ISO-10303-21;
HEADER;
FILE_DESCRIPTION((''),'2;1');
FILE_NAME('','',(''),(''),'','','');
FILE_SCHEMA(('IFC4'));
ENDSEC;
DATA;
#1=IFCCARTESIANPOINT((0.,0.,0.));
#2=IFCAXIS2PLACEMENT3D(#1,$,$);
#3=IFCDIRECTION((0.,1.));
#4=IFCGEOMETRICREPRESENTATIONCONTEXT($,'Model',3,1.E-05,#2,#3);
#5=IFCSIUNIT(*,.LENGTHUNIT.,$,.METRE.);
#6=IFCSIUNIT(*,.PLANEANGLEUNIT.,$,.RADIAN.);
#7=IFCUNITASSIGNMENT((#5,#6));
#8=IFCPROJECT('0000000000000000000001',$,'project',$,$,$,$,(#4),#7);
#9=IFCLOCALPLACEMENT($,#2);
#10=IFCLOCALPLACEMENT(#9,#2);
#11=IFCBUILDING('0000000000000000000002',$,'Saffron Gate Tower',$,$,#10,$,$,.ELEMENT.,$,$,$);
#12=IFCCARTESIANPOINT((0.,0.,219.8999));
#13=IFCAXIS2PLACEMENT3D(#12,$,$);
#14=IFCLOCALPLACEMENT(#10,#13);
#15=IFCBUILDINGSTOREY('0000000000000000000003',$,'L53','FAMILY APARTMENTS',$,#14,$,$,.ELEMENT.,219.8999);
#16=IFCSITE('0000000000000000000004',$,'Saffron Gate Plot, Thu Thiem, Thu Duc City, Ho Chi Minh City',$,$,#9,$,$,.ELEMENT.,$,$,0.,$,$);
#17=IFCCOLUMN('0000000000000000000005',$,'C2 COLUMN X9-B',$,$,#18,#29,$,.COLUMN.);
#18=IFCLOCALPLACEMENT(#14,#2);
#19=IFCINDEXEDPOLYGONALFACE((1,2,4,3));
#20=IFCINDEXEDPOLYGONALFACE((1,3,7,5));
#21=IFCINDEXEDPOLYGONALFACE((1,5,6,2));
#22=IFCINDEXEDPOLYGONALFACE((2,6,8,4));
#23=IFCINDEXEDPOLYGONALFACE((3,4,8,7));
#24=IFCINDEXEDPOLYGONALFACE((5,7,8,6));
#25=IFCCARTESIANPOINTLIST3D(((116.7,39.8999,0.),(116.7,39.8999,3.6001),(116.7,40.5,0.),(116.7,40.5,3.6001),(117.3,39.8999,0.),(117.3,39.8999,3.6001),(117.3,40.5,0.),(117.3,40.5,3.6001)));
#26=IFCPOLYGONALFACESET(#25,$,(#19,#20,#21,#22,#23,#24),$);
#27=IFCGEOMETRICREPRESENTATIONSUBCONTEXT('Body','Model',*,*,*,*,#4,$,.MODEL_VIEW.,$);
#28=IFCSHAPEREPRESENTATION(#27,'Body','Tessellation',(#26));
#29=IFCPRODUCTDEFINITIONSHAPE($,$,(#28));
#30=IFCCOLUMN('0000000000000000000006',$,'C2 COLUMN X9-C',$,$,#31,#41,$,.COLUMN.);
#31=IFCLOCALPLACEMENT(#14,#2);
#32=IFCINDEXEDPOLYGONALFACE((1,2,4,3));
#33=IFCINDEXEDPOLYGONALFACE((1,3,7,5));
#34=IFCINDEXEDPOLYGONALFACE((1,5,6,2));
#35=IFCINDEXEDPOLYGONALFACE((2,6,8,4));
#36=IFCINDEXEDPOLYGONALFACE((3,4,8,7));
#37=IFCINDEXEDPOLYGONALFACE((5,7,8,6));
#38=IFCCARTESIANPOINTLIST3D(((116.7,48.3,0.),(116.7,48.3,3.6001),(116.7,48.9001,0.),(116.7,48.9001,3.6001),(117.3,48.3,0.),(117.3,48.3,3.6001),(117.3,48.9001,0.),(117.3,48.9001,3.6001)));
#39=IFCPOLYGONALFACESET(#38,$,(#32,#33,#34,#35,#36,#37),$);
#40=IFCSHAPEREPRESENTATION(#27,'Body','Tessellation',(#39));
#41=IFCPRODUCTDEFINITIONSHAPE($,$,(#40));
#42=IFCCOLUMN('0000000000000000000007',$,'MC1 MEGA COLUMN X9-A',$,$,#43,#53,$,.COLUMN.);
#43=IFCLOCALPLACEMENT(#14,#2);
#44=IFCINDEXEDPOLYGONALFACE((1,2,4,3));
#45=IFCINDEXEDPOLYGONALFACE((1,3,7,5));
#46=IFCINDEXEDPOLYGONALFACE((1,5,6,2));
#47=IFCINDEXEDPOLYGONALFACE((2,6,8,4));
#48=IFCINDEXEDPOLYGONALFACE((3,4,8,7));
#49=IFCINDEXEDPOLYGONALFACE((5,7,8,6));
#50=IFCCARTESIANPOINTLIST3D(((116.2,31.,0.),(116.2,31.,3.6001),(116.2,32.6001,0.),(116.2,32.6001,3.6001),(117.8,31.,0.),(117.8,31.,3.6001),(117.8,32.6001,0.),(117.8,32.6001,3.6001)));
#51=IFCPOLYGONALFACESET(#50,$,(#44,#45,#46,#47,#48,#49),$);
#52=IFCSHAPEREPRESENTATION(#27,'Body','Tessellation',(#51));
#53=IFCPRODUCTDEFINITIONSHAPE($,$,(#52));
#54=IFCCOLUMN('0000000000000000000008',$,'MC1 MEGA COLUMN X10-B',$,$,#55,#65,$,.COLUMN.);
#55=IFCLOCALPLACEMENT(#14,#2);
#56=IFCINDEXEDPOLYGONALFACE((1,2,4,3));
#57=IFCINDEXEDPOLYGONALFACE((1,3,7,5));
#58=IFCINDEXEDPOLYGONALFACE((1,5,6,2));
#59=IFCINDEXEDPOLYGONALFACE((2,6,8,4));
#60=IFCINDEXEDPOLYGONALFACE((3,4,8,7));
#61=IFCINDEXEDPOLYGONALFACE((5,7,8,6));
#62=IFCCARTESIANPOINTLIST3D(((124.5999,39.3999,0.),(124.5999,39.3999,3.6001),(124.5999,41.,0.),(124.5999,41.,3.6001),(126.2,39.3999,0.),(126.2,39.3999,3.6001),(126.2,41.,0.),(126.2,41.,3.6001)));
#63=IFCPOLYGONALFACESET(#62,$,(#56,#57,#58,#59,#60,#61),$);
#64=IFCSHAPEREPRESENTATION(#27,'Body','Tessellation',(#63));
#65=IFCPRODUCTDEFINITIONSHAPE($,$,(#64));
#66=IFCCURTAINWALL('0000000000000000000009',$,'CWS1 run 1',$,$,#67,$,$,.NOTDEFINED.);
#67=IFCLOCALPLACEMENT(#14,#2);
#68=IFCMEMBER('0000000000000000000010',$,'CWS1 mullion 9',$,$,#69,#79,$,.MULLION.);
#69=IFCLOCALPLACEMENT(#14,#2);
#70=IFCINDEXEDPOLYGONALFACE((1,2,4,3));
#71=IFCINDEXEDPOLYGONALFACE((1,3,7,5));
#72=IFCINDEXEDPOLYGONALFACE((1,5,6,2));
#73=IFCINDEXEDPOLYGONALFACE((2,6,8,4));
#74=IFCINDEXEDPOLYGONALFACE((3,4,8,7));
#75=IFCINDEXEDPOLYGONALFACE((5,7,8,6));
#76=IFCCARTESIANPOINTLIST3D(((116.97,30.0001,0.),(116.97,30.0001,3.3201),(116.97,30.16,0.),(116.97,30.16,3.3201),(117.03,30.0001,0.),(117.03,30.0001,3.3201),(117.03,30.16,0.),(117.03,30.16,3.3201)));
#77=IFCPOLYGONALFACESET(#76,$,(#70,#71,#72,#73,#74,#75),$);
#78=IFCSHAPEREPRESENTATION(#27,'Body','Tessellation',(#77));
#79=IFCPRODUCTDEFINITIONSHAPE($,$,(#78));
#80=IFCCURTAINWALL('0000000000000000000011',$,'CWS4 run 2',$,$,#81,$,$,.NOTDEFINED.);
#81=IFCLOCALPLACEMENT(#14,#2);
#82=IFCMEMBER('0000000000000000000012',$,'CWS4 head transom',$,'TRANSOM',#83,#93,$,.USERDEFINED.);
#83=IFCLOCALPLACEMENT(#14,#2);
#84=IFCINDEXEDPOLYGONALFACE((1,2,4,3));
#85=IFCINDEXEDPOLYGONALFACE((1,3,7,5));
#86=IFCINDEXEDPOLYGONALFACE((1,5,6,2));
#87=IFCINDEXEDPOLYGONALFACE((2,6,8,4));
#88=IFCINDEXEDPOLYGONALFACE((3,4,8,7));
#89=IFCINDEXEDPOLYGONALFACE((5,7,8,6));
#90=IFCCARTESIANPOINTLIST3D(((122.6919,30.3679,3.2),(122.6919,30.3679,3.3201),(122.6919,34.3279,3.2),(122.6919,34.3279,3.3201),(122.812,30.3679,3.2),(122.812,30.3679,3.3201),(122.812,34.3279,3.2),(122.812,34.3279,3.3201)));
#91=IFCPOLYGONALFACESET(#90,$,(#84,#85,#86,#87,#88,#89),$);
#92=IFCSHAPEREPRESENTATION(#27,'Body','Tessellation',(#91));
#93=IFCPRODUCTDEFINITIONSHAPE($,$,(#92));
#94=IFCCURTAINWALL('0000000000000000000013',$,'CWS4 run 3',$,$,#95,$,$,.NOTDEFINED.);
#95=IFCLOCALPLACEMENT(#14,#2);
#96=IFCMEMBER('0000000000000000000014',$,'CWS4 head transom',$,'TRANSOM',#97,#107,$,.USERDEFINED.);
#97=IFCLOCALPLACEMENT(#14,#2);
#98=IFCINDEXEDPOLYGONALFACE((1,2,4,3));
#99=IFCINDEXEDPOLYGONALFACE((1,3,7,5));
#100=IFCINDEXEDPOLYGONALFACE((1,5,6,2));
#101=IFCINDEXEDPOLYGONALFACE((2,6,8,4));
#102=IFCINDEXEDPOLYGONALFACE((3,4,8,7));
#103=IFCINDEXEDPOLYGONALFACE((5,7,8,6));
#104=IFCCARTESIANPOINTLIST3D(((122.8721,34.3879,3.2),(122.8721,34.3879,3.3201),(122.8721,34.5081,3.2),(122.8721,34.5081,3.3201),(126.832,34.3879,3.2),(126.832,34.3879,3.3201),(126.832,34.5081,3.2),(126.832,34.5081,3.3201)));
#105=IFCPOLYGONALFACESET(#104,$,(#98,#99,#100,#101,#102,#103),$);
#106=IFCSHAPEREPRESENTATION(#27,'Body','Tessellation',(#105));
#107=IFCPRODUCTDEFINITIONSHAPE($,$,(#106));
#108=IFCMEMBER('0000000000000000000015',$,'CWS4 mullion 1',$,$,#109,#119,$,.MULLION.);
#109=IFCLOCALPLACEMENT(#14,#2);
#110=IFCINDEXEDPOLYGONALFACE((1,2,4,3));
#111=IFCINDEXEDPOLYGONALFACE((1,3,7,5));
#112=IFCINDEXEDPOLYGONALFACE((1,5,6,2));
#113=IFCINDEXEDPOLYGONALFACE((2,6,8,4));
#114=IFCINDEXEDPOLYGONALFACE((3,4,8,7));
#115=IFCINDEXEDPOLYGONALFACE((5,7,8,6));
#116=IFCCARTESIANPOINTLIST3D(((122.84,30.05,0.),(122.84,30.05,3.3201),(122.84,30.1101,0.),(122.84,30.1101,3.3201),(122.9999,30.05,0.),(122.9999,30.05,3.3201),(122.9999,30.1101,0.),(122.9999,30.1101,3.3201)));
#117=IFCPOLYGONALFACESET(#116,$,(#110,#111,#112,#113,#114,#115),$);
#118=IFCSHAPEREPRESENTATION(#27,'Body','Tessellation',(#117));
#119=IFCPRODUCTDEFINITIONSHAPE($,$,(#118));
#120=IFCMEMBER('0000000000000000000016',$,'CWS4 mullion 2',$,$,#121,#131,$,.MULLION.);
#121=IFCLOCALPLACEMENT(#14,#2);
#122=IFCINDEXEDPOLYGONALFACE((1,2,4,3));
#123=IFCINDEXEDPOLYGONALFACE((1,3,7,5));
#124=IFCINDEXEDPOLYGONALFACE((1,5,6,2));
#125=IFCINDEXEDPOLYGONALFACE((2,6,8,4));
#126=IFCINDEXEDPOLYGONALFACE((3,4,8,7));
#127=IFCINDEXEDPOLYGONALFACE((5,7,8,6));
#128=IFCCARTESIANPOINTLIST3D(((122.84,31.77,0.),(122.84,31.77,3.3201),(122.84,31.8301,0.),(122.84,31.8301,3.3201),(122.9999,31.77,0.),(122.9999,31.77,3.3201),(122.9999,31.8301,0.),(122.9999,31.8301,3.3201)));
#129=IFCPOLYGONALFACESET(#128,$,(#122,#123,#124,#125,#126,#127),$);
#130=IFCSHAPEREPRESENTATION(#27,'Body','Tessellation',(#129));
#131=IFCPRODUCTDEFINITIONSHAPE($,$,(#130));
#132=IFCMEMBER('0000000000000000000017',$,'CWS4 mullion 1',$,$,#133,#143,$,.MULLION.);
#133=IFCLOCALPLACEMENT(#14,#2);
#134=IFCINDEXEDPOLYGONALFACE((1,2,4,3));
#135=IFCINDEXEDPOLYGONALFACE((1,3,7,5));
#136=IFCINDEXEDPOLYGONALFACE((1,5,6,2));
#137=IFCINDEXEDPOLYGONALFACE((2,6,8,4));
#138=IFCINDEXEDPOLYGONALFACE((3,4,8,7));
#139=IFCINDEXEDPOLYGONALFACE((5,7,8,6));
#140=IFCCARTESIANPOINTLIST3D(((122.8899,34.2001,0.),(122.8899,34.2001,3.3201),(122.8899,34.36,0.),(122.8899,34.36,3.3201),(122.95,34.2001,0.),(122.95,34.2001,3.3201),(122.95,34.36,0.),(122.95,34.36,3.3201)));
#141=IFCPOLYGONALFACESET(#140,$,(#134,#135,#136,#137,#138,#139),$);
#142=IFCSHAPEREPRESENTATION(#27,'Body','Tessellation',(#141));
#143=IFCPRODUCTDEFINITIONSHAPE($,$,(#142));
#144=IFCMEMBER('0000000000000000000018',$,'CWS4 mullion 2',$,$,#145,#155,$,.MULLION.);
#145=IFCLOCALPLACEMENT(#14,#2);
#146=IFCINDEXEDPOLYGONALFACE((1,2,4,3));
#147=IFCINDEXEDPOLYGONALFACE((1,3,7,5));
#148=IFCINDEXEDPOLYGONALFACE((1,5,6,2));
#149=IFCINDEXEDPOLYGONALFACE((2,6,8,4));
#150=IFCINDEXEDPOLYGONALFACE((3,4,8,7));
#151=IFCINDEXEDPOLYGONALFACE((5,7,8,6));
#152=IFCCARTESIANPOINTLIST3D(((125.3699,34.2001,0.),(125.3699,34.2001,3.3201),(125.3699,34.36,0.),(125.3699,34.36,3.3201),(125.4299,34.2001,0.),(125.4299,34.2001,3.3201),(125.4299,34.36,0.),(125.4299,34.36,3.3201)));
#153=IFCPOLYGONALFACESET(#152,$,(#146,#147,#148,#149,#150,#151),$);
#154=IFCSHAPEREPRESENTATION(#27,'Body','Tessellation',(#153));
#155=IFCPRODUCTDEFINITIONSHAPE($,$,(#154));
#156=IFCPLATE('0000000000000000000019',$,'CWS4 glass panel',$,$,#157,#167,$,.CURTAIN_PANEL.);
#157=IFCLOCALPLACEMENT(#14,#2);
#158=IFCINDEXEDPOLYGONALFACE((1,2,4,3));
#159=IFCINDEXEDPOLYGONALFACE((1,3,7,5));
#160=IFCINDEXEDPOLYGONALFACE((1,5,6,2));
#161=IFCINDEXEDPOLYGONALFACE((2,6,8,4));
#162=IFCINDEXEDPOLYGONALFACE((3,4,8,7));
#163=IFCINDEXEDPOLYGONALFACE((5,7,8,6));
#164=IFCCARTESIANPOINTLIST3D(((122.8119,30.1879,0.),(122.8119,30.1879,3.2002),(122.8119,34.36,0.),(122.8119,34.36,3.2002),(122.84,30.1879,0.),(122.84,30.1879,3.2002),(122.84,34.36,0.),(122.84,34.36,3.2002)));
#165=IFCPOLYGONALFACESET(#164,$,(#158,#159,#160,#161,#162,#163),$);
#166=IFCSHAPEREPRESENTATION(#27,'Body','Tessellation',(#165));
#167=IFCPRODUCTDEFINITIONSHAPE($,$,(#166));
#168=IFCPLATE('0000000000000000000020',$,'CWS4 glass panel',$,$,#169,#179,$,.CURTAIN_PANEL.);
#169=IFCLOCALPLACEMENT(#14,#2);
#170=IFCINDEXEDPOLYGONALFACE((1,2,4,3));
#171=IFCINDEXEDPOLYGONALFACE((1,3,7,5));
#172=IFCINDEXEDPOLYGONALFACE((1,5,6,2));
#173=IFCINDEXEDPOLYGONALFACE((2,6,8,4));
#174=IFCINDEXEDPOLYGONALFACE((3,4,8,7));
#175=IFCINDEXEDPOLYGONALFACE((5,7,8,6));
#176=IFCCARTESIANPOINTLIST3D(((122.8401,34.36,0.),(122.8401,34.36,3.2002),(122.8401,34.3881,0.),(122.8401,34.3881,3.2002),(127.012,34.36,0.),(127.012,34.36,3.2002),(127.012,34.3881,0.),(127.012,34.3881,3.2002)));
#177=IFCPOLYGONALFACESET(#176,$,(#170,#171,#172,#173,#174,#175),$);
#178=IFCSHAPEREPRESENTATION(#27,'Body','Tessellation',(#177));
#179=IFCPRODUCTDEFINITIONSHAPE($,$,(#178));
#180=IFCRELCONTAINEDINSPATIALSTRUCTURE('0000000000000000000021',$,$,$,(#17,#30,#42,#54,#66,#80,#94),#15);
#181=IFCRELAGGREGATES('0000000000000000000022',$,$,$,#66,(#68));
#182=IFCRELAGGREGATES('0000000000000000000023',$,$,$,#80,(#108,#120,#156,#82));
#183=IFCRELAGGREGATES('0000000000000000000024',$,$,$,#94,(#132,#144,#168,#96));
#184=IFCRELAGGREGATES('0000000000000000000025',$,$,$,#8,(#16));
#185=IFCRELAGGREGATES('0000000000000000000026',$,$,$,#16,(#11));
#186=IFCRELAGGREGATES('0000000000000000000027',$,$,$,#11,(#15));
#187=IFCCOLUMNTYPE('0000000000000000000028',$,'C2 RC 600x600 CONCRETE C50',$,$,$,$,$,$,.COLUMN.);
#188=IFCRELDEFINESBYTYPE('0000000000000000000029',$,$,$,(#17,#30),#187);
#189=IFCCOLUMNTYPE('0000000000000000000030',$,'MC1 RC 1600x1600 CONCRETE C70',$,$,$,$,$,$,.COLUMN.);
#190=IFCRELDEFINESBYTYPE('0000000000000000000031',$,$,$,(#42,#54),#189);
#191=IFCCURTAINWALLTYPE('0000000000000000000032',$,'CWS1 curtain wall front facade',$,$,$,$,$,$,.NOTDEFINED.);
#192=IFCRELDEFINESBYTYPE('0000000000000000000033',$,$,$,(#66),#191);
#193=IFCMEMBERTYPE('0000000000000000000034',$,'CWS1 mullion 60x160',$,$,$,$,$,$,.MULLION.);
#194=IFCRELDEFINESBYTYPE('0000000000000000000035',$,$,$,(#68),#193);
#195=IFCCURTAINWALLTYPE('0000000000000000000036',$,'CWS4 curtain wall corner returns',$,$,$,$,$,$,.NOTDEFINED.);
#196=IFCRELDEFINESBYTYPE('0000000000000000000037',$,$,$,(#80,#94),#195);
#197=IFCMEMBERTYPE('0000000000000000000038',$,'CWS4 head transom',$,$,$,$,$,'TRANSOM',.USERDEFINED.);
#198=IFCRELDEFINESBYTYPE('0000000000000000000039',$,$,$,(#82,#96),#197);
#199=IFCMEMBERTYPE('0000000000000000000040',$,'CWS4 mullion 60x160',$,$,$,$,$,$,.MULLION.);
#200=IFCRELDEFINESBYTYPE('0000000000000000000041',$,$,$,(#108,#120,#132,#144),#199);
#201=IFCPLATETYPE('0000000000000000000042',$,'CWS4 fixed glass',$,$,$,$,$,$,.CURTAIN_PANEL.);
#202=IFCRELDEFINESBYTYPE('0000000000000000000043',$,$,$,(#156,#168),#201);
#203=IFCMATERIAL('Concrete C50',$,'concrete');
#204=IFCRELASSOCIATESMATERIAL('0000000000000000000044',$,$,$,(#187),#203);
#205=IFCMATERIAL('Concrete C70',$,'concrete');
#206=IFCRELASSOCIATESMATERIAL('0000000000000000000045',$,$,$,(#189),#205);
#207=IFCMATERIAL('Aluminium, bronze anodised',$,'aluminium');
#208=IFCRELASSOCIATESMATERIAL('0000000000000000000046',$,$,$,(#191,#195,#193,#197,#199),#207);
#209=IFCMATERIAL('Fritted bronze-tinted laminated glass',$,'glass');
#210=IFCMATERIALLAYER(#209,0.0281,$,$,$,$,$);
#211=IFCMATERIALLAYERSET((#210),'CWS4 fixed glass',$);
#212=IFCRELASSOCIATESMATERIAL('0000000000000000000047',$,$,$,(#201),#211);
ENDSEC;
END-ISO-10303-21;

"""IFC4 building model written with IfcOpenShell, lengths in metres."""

from ifc_helpers import new_model, si_unit, direction, frame, frame_2d, origin, origin_2d, place, context, subcontext, project, spatial, rectangle, extrude, material, layer, layer_set, material_profile, profile_set, type_object, element, aggregate, save


model = new_model("IFC4")

# Units and contexts
model_context = context("Model", 3, precision=1e-05, world=origin(), true_north=direction((0.0, 1.0)))
body_context = subcontext(model_context, "Body", "Model", "MODEL_VIEW")
ifc_project = project(units=[si_unit("LENGTHUNIT", "METRE"), si_unit("PLANEANGLEUNIT", "RADIAN")], contexts=[model_context])

# Site, building, storey
site_placement = place(None, origin())
site = spatial("IfcSite", under=ifc_project, at=site_placement, Name="Saffron Gate Plot, Thu Thiem, Thu Duc City, Ho Chi Minh City", CompositionType="ELEMENT", RefElevation=0.0)
building_placement = place(site_placement, origin())
building = spatial("IfcBuilding", under=site, at=building_placement, Name="Saffron Gate Tower", CompositionType="ELEMENT")
storey_placement = place(building_placement, frame((0.0, 0.0, 219.8999)))
storey = spatial("IfcBuildingStorey", under=building, at=storey_placement, Name="L53", Description="FAMILY APARTMENTS", CompositionType="ELEMENT", Elevation=219.8999)

# Columns
ifc_material_1 = material(Name="Concrete C50", Category="concrete")
ifc_material_profile_1 = material_profile(ifc_material_1, rectangle(XDim=0.6001, YDim=0.6001, at=origin_2d()))
ifc_profile_set_1 = profile_set([ifc_material_profile_1], Name="Concrete C50")
column_type_1 = type_object("IfcColumnType", Name="C2 RC 600x600 CONCRETE C50", PredefinedType="COLUMN", material=ifc_profile_set_1)
for number, where, z_axis, x_axis, name in (
    (1, (117.0, 40.2, 0.0), (0.0, 0.0, 1.0), (1.0, 0.0, 0.0), "C2 COLUMN X9-B"),
    (2, (117.0, 48.6001, 0.0), (0.0, 0.0, 1.0), (1.0, 0.0, 0.0), "C2 COLUMN X9-C"),
):
    element("IfcColumn", number, at=place(storey_placement, frame(where, z_axis=z_axis, x_axis=x_axis)), inside=storey, type_object=column_type_1, Name=name, PredefinedType="COLUMN", context=body_context, shape_type="SweptSolid", body=[
        extrude(rectangle(XDim=0.6001, YDim=0.6001, at=origin_2d()), origin(), (0.0, 0.0, 1.0), 3.6001),
    ])
ifc_material_2 = material(Name="Concrete C70", Category="concrete")
ifc_material_profile_2 = material_profile(ifc_material_2, rectangle(XDim=1.6001, YDim=1.6001, at=origin_2d()))
ifc_profile_set_2 = profile_set([ifc_material_profile_2], Name="Concrete C70")
column_type_2 = type_object("IfcColumnType", Name="MC1 RC 1600x1600 CONCRETE C70", PredefinedType="COLUMN", material=ifc_profile_set_2)
for number, where, z_axis, x_axis, name in (
    (3, (117.0, 31.8, 0.0), (0.0, 0.0, 1.0), (1.0, 0.0, 0.0), "MC1 MEGA COLUMN X9-A"),
    (4, (125.3999, 40.2, 0.0), (0.0, 0.0, 1.0), (1.0, 0.0, 0.0), "MC1 MEGA COLUMN X10-B"),
):
    element("IfcColumn", number, at=place(storey_placement, frame(where, z_axis=z_axis, x_axis=x_axis)), inside=storey, type_object=column_type_2, Name=name, PredefinedType="COLUMN", context=body_context, shape_type="SweptSolid", body=[
        extrude(rectangle(XDim=1.6001, YDim=1.6001, at=origin_2d()), origin(), (0.0, 0.0, 1.0), 3.6001),
    ])

# Curtain walls, members
ifc_material_3 = material(Name="Aluminium, bronze anodised", Category="aluminium")
curtain_wall_type_1 = type_object("IfcCurtainWallType", Name="CWS1 curtain wall front facade", PredefinedType="NOTDEFINED", material=ifc_material_3)
curtain_wall_1_placement = place(storey_placement, origin())
curtain_wall_1 = element("IfcCurtainWall", 5, at=curtain_wall_1_placement, inside=storey, type_object=curtain_wall_type_1, Name="CWS1 run 1", PredefinedType="NOTDEFINED")
ifc_material_profile_3 = material_profile(ifc_material_3, rectangle(XDim=0.1599, YDim=0.0601, at=origin_2d()))
ifc_profile_set_3 = profile_set([ifc_material_profile_3], Name="Aluminium, bronze anodised")
member_type_1 = type_object("IfcMemberType", Name="CWS1 mullion 60x160", PredefinedType="MULLION", material=ifc_profile_set_3)
member_1_placement = place(storey_placement, frame((117.0, 30.0801, 0.0), z_axis=(0.0, 0.0, 1.0), x_axis=(0.0, 1.0, 0.0)))
member_1 = element("IfcMember", 6, at=member_1_placement, type_object=member_type_1, Name="CWS1 mullion 9", PredefinedType="MULLION", context=body_context, shape_type="SweptSolid", body=[
    extrude(rectangle(XDim=0.1599, YDim=0.0601, at=origin_2d()), origin(), (0.0, 0.0, 1.0), 3.3201),
])
aggregate(curtain_wall_1, [member_1])
curtain_wall_type_2 = type_object("IfcCurtainWallType", Name="CWS4 curtain wall corner returns", PredefinedType="NOTDEFINED", material=ifc_material_3)
curtain_wall_2_placement = place(storey_placement, origin())
curtain_wall_2 = element("IfcCurtainWall", 7, at=curtain_wall_2_placement, inside=storey, type_object=curtain_wall_type_2, Name="CWS4 run 2", PredefinedType="NOTDEFINED")
ifc_material_profile_4 = material_profile(ifc_material_3, rectangle(XDim=0.1201, YDim=0.1201, at=origin_2d()))
ifc_profile_set_4 = profile_set([ifc_material_profile_4], Name="Aluminium, bronze anodised")
member_type_2 = type_object("IfcMemberType", Name="CWS4 head transom", ElementType="TRANSOM", PredefinedType="USERDEFINED", material=ifc_profile_set_4)
member_2_placement = place(storey_placement, frame((122.752, 30.3679, 3.26), z_axis=(0.0, 1.0, 0.0), x_axis=(-1.0, 0.0, 0.0)))
member_2 = element("IfcMember", 8, at=member_2_placement, type_object=member_type_2, Name="CWS4 head transom", ObjectType="TRANSOM", PredefinedType="USERDEFINED", context=body_context, shape_type="SweptSolid", body=[
    extrude(rectangle(XDim=0.1201, YDim=0.1201, at=origin_2d()), origin(), (0.0, 0.0, 1.0), 3.96),
])
curtain_wall_3_placement = place(storey_placement, origin())
curtain_wall_3 = element("IfcCurtainWall", 9, at=curtain_wall_3_placement, inside=storey, type_object=curtain_wall_type_2, Name="CWS4 run 3", PredefinedType="NOTDEFINED")
member_3_placement = place(storey_placement, frame((122.8721, 34.448, 3.26), z_axis=(1.0, 0.0, 0.0), x_axis=(0.0, 1.0, 0.0)))
member_3 = element("IfcMember", 10, at=member_3_placement, type_object=member_type_2, Name="CWS4 head transom", ObjectType="TRANSOM", PredefinedType="USERDEFINED", context=body_context, shape_type="SweptSolid", body=[
    extrude(rectangle(XDim=0.1201, YDim=0.1201, at=origin_2d()), origin(), (0.0, 0.0, 1.0), 3.96),
])

# Members
ifc_material_profile_5 = material_profile(ifc_material_3, rectangle(XDim=0.1599, YDim=0.0601, at=origin_2d()))
ifc_profile_set_5 = profile_set([ifc_material_profile_5], Name="Aluminium, bronze anodised")
member_type_3 = type_object("IfcMemberType", Name="CWS4 mullion 60x160", PredefinedType="MULLION", material=ifc_profile_set_5)
member_4_placement = place(storey_placement, frame((122.9199, 30.0801, 0.0), z_axis=(0.0, 0.0, 1.0), x_axis=(-1.0, 0.0, 0.0)))
member_4 = element("IfcMember", 11, at=member_4_placement, type_object=member_type_3, Name="CWS4 mullion 1", PredefinedType="MULLION", context=body_context, shape_type="SweptSolid", body=[
    extrude(rectangle(XDim=0.1599, YDim=0.0601, at=origin_2d()), origin(), (0.0, 0.0, 1.0), 3.3201),
])
member_5_placement = place(storey_placement, frame((122.9199, 31.8, 0.0), z_axis=(0.0, 0.0, 1.0), x_axis=(-1.0, 0.0, 0.0)))
member_5 = element("IfcMember", 12, at=member_5_placement, type_object=member_type_3, Name="CWS4 mullion 2", PredefinedType="MULLION", context=body_context, shape_type="SweptSolid", body=[
    extrude(rectangle(XDim=0.1599, YDim=0.0601, at=origin_2d()), origin(), (0.0, 0.0, 1.0), 3.3201),
])
member_6_placement = place(storey_placement, frame((122.9199, 34.28, 0.0), z_axis=(0.0, 0.0, 1.0), x_axis=(0.0, 1.0, 0.0)))
member_6 = element("IfcMember", 13, at=member_6_placement, type_object=member_type_3, Name="CWS4 mullion 1", PredefinedType="MULLION", context=body_context, shape_type="SweptSolid", body=[
    extrude(rectangle(XDim=0.1599, YDim=0.0601, at=origin_2d()), origin(), (0.0, 0.0, 1.0), 3.3201),
])
member_7_placement = place(storey_placement, frame((125.3999, 34.28, 0.0), z_axis=(0.0, 0.0, 1.0), x_axis=(0.0, 1.0, 0.0)))
member_7 = element("IfcMember", 14, at=member_7_placement, type_object=member_type_3, Name="CWS4 mullion 2", PredefinedType="MULLION", context=body_context, shape_type="SweptSolid", body=[
    extrude(rectangle(XDim=0.1599, YDim=0.0601, at=origin_2d()), origin(), (0.0, 0.0, 1.0), 3.3201),
])

# Plates
ifc_material_4 = material(Name="Fritted bronze-tinted laminated glass", Category="glass")
ifc_layer_1 = layer(ifc_material_4, 0.0281)
ifc_layer_set_1 = layer_set([ifc_layer_1], Name="CWS4 fixed glass")
plate_type = type_object("IfcPlateType", Name="CWS4 fixed glass", PredefinedType="CURTAIN_PANEL", material=ifc_layer_set_1)
plate_1_placement = place(storey_placement, frame((122.8259, 30.188, 0.0), z_axis=(0.0, 0.0, 1.0), x_axis=(0.0, 1.0, 0.0)))
plate_1 = element("IfcPlate", 15, at=plate_1_placement, type_object=plate_type, Name="CWS4 glass panel", PredefinedType="CURTAIN_PANEL", context=body_context, shape_type="SweptSolid", body=[
    extrude(rectangle(XDim=4.1721, YDim=0.0281, at=frame_2d((2.0859, 0.0))), origin(), (0.0, 0.0, 1.0), 3.2002),
])
aggregate(curtain_wall_2, [member_4, member_5, plate_1, member_2])
plate_2_placement = place(storey_placement, frame((122.8401, 34.374, 0.0), z_axis=(0.0, 0.0, 1.0), x_axis=(1.0, 0.0, 0.0)))
plate_2 = element("IfcPlate", 16, at=plate_2_placement, type_object=plate_type, Name="CWS4 glass panel", PredefinedType="CURTAIN_PANEL", context=body_context, shape_type="SweptSolid", body=[
    extrude(rectangle(XDim=4.1719, YDim=0.0281, at=frame_2d((2.0859, 0.0))), origin(), (0.0, 0.0, 1.0), 3.2002),
])
aggregate(curtain_wall_3, [member_6, member_7, plate_2, member_3])

save(model, "model.ifc")
